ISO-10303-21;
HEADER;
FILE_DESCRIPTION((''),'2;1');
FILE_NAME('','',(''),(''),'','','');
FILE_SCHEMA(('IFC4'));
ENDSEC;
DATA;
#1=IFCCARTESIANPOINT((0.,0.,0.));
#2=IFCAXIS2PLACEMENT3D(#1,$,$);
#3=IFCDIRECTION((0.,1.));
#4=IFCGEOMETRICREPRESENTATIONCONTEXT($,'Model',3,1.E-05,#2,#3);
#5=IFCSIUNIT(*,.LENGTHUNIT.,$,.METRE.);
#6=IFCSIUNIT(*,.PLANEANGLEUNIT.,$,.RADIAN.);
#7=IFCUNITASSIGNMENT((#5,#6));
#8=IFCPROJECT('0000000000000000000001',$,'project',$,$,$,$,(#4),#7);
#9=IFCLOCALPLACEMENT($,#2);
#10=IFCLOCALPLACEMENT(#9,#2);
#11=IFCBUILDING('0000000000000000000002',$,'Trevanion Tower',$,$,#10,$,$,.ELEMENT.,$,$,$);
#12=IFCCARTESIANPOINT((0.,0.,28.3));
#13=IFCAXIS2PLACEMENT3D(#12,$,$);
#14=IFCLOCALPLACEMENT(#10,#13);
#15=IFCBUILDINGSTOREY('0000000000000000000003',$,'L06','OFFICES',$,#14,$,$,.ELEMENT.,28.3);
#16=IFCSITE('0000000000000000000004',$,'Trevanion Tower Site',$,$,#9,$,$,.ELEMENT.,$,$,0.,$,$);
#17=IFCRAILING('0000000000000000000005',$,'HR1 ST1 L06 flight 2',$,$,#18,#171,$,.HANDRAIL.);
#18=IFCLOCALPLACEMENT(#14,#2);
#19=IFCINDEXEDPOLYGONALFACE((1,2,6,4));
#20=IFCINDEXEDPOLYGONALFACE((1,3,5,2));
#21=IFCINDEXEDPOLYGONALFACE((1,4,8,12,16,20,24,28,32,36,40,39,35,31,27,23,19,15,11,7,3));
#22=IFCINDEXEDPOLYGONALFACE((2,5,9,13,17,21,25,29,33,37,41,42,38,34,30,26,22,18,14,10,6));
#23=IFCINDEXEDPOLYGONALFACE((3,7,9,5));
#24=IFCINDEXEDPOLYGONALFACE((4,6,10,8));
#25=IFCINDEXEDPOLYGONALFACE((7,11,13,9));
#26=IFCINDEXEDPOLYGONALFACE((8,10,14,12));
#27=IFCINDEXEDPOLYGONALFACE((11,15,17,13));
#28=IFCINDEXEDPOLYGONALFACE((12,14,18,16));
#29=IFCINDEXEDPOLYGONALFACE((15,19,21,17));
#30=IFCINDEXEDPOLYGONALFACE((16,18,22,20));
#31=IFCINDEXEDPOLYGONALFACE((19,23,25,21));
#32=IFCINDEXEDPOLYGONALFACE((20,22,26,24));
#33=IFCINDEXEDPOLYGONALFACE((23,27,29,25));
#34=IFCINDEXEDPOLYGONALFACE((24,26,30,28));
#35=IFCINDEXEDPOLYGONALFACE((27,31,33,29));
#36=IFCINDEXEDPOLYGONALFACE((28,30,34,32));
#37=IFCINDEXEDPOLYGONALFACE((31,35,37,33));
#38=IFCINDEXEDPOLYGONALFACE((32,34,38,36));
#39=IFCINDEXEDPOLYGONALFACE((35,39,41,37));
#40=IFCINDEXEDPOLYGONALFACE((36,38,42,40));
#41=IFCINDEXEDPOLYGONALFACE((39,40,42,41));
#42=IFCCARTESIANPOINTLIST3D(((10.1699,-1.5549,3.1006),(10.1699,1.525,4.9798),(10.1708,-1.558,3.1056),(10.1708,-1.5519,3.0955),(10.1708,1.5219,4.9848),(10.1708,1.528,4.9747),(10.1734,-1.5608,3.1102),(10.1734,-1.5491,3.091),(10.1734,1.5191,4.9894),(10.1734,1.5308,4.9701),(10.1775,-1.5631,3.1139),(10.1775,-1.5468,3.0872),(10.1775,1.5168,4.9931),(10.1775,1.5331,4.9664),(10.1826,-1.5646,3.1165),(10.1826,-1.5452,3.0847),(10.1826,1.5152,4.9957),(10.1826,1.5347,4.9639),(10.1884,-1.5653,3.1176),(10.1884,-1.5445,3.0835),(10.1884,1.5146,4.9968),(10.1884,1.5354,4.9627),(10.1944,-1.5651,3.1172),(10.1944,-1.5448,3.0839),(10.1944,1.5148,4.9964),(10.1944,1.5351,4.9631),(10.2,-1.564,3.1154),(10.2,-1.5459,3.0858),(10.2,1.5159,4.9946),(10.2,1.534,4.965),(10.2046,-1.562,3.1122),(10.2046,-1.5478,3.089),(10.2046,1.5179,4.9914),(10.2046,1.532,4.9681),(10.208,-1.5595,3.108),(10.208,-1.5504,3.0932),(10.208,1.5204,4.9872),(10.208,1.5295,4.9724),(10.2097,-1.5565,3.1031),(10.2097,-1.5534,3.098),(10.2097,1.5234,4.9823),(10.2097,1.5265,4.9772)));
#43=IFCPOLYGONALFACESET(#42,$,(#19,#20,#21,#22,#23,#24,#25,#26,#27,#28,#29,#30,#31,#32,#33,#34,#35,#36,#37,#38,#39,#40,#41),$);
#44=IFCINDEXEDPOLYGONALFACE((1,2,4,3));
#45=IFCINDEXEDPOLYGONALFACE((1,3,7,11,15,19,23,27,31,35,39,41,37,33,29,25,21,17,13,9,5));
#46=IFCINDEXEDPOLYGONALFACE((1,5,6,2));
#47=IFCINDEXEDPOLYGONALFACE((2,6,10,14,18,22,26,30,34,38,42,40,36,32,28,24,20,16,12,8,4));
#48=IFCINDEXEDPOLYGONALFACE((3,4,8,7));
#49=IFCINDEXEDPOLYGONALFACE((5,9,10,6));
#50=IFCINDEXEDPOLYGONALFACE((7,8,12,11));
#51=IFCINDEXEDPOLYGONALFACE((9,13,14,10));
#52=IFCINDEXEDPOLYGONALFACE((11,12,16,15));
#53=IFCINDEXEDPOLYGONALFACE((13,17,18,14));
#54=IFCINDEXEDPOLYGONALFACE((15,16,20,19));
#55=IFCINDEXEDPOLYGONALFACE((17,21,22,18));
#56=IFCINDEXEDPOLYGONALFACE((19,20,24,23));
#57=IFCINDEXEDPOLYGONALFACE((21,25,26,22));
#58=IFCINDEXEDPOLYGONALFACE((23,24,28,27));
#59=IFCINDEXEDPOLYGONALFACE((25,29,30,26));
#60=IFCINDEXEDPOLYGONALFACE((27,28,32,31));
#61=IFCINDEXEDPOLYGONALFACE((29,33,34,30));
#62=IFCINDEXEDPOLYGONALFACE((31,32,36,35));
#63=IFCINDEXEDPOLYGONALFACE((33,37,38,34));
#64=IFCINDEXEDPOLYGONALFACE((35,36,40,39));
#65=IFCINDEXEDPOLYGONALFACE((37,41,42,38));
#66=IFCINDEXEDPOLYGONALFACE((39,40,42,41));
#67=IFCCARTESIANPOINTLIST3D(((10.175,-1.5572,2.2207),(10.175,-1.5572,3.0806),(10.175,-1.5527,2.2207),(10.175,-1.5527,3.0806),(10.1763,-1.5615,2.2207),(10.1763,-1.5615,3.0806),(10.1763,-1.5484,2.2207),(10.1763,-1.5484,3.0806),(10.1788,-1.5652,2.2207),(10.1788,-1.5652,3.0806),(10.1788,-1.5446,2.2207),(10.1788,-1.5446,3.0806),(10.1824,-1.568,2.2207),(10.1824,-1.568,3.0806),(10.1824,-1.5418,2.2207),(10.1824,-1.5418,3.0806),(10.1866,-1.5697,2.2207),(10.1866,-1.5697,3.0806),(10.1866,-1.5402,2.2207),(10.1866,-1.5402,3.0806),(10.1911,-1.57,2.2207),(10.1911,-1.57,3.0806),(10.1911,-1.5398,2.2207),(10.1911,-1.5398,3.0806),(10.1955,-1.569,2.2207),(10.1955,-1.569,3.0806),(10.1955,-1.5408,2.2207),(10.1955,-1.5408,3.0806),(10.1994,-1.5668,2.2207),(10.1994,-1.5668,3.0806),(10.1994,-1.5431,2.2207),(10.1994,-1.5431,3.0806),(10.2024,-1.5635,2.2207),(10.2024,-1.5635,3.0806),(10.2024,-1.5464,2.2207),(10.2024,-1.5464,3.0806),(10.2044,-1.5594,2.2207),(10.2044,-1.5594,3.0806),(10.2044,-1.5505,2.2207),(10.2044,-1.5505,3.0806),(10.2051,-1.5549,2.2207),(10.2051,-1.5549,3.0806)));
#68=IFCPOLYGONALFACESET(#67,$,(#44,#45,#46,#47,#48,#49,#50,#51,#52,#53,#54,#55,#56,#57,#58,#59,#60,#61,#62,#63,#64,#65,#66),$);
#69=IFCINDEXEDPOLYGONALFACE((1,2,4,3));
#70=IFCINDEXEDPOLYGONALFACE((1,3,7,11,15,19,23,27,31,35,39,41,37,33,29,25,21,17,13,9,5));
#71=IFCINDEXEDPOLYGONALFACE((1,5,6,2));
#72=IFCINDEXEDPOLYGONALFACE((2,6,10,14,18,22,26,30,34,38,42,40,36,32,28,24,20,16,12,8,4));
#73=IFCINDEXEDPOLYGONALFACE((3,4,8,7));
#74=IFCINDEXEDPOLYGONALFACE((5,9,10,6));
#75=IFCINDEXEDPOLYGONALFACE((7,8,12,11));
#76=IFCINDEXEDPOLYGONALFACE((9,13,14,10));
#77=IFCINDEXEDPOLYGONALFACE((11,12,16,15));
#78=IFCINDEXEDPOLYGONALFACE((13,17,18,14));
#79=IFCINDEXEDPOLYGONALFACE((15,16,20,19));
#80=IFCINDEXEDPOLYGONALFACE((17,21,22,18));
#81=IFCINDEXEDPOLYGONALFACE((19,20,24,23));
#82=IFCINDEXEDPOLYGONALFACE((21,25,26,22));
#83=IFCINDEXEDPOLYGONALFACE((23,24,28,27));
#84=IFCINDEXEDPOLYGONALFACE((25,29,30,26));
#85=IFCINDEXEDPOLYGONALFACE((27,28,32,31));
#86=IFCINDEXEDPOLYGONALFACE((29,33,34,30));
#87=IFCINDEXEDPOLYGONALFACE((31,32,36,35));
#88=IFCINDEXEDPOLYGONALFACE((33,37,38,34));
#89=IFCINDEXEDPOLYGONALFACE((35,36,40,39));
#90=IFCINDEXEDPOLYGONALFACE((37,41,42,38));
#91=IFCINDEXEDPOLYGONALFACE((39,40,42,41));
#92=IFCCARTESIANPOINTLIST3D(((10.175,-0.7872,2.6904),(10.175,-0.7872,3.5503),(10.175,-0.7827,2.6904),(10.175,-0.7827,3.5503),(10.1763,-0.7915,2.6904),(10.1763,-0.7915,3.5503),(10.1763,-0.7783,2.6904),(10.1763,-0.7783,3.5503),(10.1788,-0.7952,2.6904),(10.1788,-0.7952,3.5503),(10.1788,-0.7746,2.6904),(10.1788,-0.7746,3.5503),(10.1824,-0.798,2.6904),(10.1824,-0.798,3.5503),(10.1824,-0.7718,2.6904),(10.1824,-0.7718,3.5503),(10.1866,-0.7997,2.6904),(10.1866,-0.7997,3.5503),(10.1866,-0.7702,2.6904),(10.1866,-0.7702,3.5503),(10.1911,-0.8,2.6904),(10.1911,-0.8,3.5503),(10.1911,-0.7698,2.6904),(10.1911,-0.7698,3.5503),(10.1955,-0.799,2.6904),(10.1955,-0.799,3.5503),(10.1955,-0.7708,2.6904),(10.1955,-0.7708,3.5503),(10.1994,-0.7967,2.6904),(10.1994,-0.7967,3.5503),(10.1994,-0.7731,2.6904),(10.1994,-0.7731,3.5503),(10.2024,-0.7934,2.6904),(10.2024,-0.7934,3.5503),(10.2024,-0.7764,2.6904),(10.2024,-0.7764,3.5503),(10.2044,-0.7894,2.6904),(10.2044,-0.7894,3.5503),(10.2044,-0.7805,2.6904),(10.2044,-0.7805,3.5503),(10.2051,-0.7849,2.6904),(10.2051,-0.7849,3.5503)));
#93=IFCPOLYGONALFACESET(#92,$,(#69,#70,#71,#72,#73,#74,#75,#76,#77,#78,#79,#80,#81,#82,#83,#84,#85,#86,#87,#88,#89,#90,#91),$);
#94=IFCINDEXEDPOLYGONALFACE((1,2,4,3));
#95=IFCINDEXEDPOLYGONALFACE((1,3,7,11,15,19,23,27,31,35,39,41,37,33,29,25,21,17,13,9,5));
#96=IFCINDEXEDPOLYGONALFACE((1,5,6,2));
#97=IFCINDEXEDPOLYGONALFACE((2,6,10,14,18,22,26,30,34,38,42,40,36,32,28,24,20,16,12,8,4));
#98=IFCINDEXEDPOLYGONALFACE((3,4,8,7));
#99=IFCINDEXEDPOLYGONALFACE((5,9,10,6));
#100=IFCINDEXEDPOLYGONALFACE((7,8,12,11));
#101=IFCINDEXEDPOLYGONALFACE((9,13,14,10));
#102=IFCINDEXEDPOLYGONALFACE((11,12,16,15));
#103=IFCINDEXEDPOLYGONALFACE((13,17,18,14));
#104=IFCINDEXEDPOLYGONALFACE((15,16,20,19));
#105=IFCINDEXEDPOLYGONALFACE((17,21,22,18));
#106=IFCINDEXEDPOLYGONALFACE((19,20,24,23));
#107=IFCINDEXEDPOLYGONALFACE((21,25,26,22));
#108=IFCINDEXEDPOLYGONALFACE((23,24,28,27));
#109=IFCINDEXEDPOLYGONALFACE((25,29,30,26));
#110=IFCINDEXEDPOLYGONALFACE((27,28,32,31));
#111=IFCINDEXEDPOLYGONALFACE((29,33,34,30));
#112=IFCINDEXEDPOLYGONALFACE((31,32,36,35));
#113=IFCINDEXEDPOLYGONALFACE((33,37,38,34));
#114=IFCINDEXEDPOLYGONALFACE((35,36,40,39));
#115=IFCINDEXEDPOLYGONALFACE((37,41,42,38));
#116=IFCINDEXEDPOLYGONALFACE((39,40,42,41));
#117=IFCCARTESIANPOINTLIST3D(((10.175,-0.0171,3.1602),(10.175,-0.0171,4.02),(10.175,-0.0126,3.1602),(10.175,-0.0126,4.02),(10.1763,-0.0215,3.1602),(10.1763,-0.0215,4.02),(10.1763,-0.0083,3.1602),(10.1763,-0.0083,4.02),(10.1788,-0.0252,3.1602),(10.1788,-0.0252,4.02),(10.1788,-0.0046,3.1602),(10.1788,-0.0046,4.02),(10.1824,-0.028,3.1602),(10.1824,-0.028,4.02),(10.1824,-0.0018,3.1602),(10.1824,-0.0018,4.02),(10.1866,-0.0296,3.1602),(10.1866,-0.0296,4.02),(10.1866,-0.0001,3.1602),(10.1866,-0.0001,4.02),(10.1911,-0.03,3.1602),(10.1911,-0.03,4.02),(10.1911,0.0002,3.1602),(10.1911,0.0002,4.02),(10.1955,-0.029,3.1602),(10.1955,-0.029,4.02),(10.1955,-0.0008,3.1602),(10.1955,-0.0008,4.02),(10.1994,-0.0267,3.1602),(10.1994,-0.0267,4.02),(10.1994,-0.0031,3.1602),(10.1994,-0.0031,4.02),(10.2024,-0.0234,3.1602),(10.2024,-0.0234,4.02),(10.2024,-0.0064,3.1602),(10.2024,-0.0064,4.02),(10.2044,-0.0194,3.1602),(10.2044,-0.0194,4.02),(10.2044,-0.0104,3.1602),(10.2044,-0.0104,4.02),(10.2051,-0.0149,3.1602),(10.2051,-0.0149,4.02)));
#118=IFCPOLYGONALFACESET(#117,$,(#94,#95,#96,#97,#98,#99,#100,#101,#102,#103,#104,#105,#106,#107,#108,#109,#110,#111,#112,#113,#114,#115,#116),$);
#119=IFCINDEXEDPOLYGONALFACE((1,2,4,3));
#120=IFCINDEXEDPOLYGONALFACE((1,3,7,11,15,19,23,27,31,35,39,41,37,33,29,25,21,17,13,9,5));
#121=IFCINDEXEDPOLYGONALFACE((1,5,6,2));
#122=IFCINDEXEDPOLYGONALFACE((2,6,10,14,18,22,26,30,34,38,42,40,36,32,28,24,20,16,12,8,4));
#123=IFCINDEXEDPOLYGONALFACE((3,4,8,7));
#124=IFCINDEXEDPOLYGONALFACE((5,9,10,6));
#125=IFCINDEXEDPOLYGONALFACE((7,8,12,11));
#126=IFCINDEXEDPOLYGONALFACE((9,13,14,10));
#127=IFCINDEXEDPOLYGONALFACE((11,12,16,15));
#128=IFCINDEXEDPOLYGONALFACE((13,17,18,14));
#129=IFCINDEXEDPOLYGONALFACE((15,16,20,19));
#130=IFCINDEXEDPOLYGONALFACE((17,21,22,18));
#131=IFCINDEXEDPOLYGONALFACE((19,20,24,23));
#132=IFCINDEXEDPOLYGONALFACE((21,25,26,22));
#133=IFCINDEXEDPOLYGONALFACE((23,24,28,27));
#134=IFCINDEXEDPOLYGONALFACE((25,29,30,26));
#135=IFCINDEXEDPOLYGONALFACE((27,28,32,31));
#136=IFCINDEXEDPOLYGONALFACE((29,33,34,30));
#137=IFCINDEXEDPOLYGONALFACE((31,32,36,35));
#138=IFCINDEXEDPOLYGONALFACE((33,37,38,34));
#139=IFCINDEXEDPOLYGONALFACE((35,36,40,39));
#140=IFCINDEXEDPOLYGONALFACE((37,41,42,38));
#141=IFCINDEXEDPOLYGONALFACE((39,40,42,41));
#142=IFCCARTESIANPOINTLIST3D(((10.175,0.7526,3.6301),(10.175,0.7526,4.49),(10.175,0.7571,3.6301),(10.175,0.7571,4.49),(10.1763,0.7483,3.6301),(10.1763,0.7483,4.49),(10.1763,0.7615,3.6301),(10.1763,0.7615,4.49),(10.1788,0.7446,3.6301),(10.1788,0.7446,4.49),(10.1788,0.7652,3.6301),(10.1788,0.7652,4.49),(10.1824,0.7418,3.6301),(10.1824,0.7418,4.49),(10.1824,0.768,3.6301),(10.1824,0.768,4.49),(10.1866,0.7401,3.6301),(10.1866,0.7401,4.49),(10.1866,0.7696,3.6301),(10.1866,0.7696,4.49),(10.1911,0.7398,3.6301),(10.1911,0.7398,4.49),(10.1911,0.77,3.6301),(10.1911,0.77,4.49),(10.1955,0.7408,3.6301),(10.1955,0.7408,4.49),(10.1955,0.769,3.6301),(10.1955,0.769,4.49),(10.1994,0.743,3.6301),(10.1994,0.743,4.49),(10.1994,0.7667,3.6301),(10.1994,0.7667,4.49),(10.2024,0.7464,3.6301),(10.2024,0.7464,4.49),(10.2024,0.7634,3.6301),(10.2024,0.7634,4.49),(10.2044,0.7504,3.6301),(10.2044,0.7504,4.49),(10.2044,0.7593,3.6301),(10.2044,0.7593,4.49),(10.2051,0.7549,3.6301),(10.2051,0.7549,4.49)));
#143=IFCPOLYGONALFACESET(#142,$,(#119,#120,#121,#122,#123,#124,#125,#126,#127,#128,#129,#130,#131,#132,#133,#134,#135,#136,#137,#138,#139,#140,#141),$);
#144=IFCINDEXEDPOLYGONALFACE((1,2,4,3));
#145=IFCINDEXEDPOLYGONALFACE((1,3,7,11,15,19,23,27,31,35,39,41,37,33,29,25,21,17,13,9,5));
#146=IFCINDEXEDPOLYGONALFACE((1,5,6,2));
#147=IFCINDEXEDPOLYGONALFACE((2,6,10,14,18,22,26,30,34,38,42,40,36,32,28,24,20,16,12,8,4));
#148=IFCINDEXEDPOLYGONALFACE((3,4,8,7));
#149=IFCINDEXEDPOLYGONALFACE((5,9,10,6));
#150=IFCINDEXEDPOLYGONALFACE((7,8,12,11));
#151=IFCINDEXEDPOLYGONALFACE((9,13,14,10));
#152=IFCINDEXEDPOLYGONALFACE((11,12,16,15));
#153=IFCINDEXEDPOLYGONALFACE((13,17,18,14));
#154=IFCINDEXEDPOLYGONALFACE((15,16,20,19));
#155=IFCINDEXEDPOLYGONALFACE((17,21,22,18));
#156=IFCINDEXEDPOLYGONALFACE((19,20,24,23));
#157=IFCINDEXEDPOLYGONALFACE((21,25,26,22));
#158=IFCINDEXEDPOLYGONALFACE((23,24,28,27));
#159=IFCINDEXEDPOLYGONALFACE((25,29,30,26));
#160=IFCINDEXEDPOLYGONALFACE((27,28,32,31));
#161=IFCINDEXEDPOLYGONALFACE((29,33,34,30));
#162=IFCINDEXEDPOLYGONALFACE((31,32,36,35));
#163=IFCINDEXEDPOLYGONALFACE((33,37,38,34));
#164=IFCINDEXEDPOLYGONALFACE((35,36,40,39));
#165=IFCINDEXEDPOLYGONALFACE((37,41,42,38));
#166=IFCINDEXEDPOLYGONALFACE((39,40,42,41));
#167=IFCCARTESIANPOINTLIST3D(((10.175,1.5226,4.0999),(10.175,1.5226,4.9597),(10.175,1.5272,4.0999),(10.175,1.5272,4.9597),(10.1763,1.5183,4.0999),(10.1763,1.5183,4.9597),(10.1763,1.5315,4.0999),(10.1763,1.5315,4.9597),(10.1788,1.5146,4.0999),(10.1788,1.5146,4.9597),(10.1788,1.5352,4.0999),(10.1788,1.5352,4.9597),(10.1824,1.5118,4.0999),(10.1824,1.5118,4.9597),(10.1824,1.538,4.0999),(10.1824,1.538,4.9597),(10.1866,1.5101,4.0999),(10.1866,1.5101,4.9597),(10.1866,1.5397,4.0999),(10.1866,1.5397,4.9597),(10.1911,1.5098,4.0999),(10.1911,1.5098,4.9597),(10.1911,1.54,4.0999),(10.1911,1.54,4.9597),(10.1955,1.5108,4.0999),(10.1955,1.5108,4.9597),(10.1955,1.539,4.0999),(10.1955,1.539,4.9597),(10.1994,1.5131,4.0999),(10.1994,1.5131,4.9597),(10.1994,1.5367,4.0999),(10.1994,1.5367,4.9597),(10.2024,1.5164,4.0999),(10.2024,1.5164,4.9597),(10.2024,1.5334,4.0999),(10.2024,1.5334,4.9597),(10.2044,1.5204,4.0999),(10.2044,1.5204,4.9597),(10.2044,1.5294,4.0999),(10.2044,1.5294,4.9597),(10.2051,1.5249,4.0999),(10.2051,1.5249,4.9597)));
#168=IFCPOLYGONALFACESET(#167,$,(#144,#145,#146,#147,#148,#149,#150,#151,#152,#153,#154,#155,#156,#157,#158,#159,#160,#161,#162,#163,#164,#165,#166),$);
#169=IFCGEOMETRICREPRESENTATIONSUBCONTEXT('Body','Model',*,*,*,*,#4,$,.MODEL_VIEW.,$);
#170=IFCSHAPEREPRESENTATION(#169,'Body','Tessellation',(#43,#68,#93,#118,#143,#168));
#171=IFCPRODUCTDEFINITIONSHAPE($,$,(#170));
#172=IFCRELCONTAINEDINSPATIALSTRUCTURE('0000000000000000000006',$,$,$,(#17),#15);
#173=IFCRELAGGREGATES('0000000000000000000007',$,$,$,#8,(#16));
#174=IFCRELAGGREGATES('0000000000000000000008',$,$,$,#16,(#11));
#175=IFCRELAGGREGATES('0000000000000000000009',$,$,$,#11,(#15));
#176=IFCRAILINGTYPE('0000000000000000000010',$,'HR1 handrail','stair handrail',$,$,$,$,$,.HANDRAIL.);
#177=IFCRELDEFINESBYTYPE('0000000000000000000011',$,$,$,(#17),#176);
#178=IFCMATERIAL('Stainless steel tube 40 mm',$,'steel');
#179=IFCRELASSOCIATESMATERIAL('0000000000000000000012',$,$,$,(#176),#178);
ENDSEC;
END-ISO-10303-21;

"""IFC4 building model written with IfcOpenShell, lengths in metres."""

from ifc_helpers import new_model, si_unit, direction, frame, origin, origin_2d, place, context, subcontext, project, spatial, circle, extrude, material, type_object, element, save


model = new_model("IFC4")

# Units and contexts
model_context = context("Model", 3, precision=1e-05, world=origin(), true_north=direction((0.0, 1.0)))
body_context = subcontext(model_context, "Body", "Model", "MODEL_VIEW")
ifc_project = project(units=[si_unit("LENGTHUNIT", "METRE"), si_unit("PLANEANGLEUNIT", "RADIAN")], contexts=[model_context])

# Site, building, storey
site_placement = place(None, origin())
site = spatial("IfcSite", under=ifc_project, at=site_placement, Name="Trevanion Tower Site", CompositionType="ELEMENT", RefElevation=0.0)
building_placement = place(site_placement, origin())
building = spatial("IfcBuilding", under=site, at=building_placement, Name="Trevanion Tower", CompositionType="ELEMENT")
storey_placement = place(building_placement, frame((0.0, 0.0, 28.3)))
storey = spatial("IfcBuildingStorey", under=building, at=storey_placement, Name="L06", Description="OFFICES", CompositionType="ELEMENT", Elevation=28.3)

# Railing
ifc_material_1 = material(Name="Stainless steel tube 40 mm", Category="steel")
railing_type = type_object("IfcRailingType", Name="HR1 handrail", Description="stair handrail", PredefinedType="HANDRAIL", material=ifc_material_1)
for number, where, name in (
    (1, (10.1899, -1.5549, 2.2207), "HR1 ST1 L06 flight 2"),
):
    element("IfcRailing", number, at=place(storey_placement, frame(where)), inside=storey, type_object=railing_type, Name=name, PredefinedType="HANDRAIL", context=body_context, shape_type="SweptSolid", body=[
        extrude(circle(Radius=0.02, at=origin_2d()), frame((0.0, 0.0, 0.8799), z_axis=(0.0, 0.853648, 0.52085), x_axis=(-1.0, 0.0, 0.0)), (0.0, 0.0, 1.0), 3.6079),
        extrude(circle(Radius=0.0151, at=origin_2d()), origin(), (0.0, 0.0, 1.0), 0.8599),
        extrude(circle(Radius=0.0151, at=origin_2d()), frame((0.0, 0.77, 0.4697)), (0.0, 0.0, 1.0), 0.8599),
        extrude(circle(Radius=0.0151, at=origin_2d()), frame((0.0, 1.54, 0.9395)), (0.0, 0.0, 1.0), 0.8599),
        extrude(circle(Radius=0.0151, at=origin_2d()), frame((0.0, 2.3098, 1.4094)), (0.0, 0.0, 1.0), 0.8599),
        extrude(circle(Radius=0.0151, at=origin_2d()), frame((0.0, 3.0798, 1.8792)), (0.0, 0.0, 1.0), 0.8599),
    ])

save(model, "model.ifc")
